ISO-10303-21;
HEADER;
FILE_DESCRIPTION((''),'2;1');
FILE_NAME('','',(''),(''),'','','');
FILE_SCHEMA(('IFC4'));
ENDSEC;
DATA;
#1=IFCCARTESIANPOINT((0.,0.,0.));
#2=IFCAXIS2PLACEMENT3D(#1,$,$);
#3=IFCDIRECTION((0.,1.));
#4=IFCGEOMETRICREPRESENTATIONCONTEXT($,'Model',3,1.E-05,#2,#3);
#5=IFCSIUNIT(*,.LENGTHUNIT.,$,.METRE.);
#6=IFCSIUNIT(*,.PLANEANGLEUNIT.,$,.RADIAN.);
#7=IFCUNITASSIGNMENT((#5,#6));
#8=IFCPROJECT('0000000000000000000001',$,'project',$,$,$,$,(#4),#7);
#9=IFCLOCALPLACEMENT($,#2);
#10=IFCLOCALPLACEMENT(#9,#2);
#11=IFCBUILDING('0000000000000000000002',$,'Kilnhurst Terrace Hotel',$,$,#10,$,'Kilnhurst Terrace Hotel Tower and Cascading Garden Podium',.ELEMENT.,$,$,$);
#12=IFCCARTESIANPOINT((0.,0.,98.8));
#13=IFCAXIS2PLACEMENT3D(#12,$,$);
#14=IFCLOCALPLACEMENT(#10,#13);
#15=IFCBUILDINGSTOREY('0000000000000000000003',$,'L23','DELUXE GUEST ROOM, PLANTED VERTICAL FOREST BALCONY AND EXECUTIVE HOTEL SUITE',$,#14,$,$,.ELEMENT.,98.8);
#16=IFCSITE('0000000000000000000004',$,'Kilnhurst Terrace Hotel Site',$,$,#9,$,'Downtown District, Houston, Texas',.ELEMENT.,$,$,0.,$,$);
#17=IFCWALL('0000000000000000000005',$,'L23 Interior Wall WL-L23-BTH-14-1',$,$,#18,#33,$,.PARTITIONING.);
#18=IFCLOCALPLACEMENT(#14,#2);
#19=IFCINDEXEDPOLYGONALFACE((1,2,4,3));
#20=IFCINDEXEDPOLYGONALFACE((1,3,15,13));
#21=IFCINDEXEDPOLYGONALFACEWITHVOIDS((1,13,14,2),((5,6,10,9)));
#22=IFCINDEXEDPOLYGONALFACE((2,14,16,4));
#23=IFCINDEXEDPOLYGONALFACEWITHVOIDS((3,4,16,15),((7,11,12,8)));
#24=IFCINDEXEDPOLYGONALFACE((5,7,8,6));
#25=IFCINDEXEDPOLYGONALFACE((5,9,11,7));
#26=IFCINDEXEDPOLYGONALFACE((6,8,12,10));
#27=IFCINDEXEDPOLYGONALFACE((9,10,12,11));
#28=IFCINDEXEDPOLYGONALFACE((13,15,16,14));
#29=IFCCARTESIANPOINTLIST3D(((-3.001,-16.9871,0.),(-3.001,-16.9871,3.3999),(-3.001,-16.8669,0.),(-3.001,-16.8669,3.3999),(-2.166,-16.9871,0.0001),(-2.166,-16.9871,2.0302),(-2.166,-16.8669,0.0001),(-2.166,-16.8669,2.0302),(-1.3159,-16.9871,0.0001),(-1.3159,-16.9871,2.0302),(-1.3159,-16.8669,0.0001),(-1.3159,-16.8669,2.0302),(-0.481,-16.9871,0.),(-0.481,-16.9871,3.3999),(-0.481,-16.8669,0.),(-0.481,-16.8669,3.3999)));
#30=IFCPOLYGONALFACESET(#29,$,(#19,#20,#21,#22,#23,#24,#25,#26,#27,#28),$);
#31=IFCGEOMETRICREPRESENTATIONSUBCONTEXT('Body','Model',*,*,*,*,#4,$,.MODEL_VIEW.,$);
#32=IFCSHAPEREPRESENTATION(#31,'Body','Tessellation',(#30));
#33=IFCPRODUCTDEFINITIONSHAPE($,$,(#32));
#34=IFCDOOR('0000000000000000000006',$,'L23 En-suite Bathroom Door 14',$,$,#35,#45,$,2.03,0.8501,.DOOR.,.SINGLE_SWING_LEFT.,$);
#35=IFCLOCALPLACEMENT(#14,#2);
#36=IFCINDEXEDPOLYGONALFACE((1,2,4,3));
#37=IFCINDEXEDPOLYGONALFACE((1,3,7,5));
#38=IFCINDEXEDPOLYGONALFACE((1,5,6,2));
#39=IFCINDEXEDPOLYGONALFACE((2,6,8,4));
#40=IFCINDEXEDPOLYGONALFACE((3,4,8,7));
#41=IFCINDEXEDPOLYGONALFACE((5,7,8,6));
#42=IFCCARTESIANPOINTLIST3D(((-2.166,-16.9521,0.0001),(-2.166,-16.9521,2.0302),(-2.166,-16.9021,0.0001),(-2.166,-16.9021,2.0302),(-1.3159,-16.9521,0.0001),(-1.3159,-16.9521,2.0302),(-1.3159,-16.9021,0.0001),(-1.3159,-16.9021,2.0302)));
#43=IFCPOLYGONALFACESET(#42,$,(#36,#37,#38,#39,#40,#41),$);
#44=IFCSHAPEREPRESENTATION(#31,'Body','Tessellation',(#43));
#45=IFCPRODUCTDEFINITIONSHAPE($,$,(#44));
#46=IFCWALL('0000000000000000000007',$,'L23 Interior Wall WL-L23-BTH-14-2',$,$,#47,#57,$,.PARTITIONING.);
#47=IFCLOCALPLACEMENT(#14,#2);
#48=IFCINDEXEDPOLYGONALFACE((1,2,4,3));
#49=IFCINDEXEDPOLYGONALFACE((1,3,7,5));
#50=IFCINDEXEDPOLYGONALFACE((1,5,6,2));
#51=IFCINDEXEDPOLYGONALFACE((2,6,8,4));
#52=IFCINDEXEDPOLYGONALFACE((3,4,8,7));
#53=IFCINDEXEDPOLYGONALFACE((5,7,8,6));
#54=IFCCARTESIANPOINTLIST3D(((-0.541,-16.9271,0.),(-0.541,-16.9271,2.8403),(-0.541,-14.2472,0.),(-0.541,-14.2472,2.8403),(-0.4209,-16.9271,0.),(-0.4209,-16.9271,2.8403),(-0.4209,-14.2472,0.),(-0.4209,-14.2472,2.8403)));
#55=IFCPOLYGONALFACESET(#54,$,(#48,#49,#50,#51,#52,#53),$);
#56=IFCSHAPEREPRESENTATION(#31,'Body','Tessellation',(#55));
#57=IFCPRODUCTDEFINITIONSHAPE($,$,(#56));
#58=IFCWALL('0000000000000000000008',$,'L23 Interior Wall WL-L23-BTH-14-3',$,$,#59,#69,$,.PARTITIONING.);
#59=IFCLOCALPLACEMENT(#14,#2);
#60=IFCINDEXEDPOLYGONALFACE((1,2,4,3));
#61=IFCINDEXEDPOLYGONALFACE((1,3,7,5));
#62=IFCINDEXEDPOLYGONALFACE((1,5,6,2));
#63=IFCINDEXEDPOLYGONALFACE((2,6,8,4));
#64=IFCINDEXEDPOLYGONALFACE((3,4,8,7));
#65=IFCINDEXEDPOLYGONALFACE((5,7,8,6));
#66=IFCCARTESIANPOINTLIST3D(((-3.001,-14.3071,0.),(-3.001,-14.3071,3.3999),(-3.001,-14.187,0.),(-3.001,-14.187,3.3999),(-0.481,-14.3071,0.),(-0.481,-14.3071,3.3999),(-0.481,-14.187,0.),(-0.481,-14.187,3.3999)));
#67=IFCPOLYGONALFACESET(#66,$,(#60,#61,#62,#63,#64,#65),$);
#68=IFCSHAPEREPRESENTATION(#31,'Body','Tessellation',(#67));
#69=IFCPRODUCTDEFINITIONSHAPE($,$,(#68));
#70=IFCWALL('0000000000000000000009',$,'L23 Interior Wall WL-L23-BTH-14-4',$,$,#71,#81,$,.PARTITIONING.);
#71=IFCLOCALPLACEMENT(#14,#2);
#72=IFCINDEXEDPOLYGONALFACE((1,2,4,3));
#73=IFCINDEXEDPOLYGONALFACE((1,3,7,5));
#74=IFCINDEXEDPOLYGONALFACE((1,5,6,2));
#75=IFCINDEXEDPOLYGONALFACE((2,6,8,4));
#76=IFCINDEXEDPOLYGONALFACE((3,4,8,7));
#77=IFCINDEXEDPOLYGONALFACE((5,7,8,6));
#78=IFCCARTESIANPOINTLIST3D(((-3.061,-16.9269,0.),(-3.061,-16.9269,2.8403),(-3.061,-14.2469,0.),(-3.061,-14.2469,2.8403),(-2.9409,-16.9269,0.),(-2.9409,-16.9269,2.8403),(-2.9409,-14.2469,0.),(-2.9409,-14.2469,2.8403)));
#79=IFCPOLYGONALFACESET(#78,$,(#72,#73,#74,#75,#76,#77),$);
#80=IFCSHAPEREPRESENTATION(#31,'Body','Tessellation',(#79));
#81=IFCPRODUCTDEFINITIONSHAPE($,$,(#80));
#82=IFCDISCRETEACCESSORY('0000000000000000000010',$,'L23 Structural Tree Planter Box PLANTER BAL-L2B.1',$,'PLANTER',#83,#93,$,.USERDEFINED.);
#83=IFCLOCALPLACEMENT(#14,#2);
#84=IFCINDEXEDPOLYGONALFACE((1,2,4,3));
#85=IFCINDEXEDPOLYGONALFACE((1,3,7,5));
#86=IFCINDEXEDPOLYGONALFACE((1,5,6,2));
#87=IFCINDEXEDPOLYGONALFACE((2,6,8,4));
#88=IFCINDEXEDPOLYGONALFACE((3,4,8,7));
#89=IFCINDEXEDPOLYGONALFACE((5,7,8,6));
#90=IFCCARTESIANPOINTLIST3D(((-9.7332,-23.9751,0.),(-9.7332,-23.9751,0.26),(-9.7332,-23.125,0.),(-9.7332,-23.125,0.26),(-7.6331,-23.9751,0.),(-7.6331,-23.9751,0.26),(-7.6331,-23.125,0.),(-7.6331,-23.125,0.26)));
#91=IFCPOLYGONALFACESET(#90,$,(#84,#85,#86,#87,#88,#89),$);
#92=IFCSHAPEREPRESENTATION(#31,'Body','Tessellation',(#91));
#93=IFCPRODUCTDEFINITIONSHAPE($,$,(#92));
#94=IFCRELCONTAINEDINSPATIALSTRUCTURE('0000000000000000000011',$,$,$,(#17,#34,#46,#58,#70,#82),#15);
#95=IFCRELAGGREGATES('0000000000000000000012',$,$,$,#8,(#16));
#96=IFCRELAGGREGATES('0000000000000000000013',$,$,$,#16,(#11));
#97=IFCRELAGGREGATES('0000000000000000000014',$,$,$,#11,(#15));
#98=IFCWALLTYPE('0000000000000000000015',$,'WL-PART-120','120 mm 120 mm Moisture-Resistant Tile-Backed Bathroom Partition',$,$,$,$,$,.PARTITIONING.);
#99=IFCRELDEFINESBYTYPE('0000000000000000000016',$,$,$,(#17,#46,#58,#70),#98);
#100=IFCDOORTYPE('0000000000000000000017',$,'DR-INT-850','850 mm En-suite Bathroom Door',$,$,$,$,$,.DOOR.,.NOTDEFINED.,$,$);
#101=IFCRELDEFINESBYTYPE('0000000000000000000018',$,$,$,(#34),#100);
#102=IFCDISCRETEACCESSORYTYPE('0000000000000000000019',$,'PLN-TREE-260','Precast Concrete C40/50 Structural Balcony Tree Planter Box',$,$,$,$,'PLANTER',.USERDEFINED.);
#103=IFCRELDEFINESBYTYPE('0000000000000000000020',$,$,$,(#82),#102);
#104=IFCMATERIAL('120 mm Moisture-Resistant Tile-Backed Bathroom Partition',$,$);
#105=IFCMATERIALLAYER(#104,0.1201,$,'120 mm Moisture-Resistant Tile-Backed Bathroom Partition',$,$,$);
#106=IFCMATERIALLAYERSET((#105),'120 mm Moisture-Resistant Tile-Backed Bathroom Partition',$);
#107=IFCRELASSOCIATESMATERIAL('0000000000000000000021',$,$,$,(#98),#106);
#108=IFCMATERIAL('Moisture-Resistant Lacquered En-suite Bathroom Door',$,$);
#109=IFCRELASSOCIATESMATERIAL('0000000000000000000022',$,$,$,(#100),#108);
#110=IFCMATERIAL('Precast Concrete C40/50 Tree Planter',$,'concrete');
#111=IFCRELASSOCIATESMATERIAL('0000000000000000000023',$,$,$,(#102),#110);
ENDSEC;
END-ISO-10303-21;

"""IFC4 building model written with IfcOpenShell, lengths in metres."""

from ifc_helpers import new_model, si_unit, direction, frame, frame_2d, origin, origin_2d, place, context, subcontext, project, spatial, rectangle, extrude, material, layer, layer_set, type_object, element, fill, save


model = new_model("IFC4")

# Units and contexts
model_context = context("Model", 3, precision=1e-05, world=origin(), true_north=direction((0.0, 1.0)))
body_context = subcontext(model_context, "Body", "Model", "MODEL_VIEW")
ifc_project = project(units=[si_unit("LENGTHUNIT", "METRE"), si_unit("PLANEANGLEUNIT", "RADIAN")], contexts=[model_context])

# Site, building, storey
site_placement = place(None, origin())
site = spatial("IfcSite", under=ifc_project, at=site_placement, Name="Kilnhurst Terrace Hotel Site", LongName="Downtown District, Houston, Texas", CompositionType="ELEMENT", RefElevation=0.0)
building_placement = place(site_placement, origin())
building = spatial("IfcBuilding", under=site, at=building_placement, Name="Kilnhurst Terrace Hotel", LongName="Kilnhurst Terrace Hotel Tower and Cascading Garden Podium", CompositionType="ELEMENT")
storey_placement = place(building_placement, frame((0.0, 0.0, 98.8)))
storey = spatial("IfcBuildingStorey", under=building, at=storey_placement, Name="L23", Description="DELUXE GUEST ROOM, PLANTED VERTICAL FOREST BALCONY AND EXECUTIVE HOTEL SUITE", CompositionType="ELEMENT", Elevation=98.8)

# Wall, opening, door
ifc_material_1 = material(Name="120 mm Moisture-Resistant Tile-Backed Bathroom Partition")
ifc_layer_1 = layer(ifc_material_1, 0.1201, Name="120 mm Moisture-Resistant Tile-Backed Bathroom Partition")
ifc_layer_set_1 = layer_set([ifc_layer_1], Name="120 mm Moisture-Resistant Tile-Backed Bathroom Partition")
wall_type_1 = type_object("IfcWallType", Name="WL-PART-120", Description="120 mm 120 mm Moisture-Resistant Tile-Backed Bathroom Partition", PredefinedType="PARTITIONING", material=ifc_layer_set_1)
wall_1_placement = place(storey_placement, frame((-3.001, -16.927, 0.0), z_axis=(0.0, 0.0, 1.0), x_axis=(1.0, 0.0, 0.0)))
wall_1 = element("IfcWall", 1, at=wall_1_placement, inside=storey, type_object=wall_type_1, Name="L23 Interior Wall WL-L23-BTH-14-1", PredefinedType="PARTITIONING", context=body_context, shape_type="SweptSolid", body=[
    extrude(rectangle(XDim=2.52, YDim=0.1201, at=frame_2d((1.26, 0.0))), origin(), (0.0, 0.0, 1.0), 3.3999),
])
opening_1_placement = place(wall_1_placement, frame((0.835, 0.0, 0.0)))
opening_1 = element("IfcOpeningElement", 2, at=opening_1_placement, cuts=wall_1, PredefinedType="OPENING", context=body_context, shape_type="SweptSolid", body=[
    extrude(rectangle(XDim=0.8501, YDim=2.03, at=frame_2d((0.425, 1.0151))), frame((0.0, 0.0701, 0.0), z_axis=(0.0, -1.0, 0.0), x_axis=(1.0, 0.0, 0.0)), (0.0, 0.0, 1.0), 0.1401),
])
ifc_material_2 = material(Name="Moisture-Resistant Lacquered En-suite Bathroom Door")
door_type_1 = type_object("IfcDoorType", Name="DR-INT-850", Description="850 mm En-suite Bathroom Door", OperationType="NOTDEFINED", PredefinedType="DOOR", material=ifc_material_2)
door_1_placement = place(opening_1_placement, origin())
door_1 = element("IfcDoor", 3, at=door_1_placement, inside=storey, type_object=door_type_1, Name="L23 En-suite Bathroom Door 14", OperationType="SINGLE_SWING_LEFT", OverallHeight=2.03, OverallWidth=0.8501, PredefinedType="DOOR", context=body_context, shape_type="SweptSolid", body=[
    extrude(rectangle(XDim=0.8501, YDim=2.03, at=frame_2d((0.425, 1.0151))), frame((0.0, 0.0249, 0.0), z_axis=(0.0, -1.0, 0.0), x_axis=(1.0, 0.0, 0.0)), (0.0, 0.0, 1.0), 0.05),
])
fill(opening_1, door_1)

# Walls
wall_2_placement = place(storey_placement, frame((-0.481, -16.927, 0.0), z_axis=(0.0, 0.0, 1.0), x_axis=(0.0, 1.0, 0.0)))
element("IfcWall", 4, at=wall_2_placement, inside=storey, type_object=wall_type_1, Name="L23 Interior Wall WL-L23-BTH-14-2", PredefinedType="PARTITIONING", context=body_context, shape_type="SweptSolid", body=[
    extrude(rectangle(XDim=2.6799, YDim=0.1201, at=frame_2d((1.3398, 0.0))), origin(), (0.0, 0.0, 1.0), 2.8403),
])
wall_3_placement = place(storey_placement, frame((-0.481, -14.2471, 0.0), z_axis=(0.0, 0.0, 1.0), x_axis=(-1.0, 0.0, 0.0)))
element("IfcWall", 5, at=wall_3_placement, inside=storey, type_object=wall_type_1, Name="L23 Interior Wall WL-L23-BTH-14-3", PredefinedType="PARTITIONING", context=body_context, shape_type="SweptSolid", body=[
    extrude(rectangle(XDim=2.52, YDim=0.1201, at=frame_2d((1.26, 0.0))), origin(), (0.0, 0.0, 1.0), 3.3999),
])
wall_4_placement = place(storey_placement, frame((-3.001, -14.2471, 0.0), z_axis=(0.0, 0.0, 1.0), x_axis=(0.0, -1.0, 0.0)))
element("IfcWall", 6, at=wall_4_placement, inside=storey, type_object=wall_type_1, Name="L23 Interior Wall WL-L23-BTH-14-4", PredefinedType="PARTITIONING", context=body_context, shape_type="SweptSolid", body=[
    extrude(rectangle(XDim=2.6799, YDim=0.1201, at=frame_2d((1.3398, 0.0))), origin(), (0.0, 0.0, 1.0), 2.8403),
])

# Discrete accessory
ifc_material_3 = material(Name="Precast Concrete C40/50 Tree Planter", Category="concrete")
discrete_accessory_type = type_object("IfcDiscreteAccessoryType", Name="PLN-TREE-260", Description="Precast Concrete C40/50 Structural Balcony Tree Planter Box", ElementType="PLANTER", PredefinedType="USERDEFINED", material=ifc_material_3)
discrete_accessory_placement = place(storey_placement, frame((-8.6831, -23.55, 0.0), z_axis=(0.0, 0.0, 1.0), x_axis=(1.0, 0.0, 0.0)))
element("IfcDiscreteAccessory", 7, at=discrete_accessory_placement, inside=storey, type_object=discrete_accessory_type, Name="L23 Structural Tree Planter Box PLANTER BAL-L2B.1", ObjectType="PLANTER", PredefinedType="USERDEFINED", context=body_context, shape_type="SweptSolid", body=[
    extrude(rectangle(XDim=2.1001, YDim=0.8501, at=origin_2d()), origin(), (0.0, 0.0, 1.0), 0.26),
])

save(model, "model.ifc")
